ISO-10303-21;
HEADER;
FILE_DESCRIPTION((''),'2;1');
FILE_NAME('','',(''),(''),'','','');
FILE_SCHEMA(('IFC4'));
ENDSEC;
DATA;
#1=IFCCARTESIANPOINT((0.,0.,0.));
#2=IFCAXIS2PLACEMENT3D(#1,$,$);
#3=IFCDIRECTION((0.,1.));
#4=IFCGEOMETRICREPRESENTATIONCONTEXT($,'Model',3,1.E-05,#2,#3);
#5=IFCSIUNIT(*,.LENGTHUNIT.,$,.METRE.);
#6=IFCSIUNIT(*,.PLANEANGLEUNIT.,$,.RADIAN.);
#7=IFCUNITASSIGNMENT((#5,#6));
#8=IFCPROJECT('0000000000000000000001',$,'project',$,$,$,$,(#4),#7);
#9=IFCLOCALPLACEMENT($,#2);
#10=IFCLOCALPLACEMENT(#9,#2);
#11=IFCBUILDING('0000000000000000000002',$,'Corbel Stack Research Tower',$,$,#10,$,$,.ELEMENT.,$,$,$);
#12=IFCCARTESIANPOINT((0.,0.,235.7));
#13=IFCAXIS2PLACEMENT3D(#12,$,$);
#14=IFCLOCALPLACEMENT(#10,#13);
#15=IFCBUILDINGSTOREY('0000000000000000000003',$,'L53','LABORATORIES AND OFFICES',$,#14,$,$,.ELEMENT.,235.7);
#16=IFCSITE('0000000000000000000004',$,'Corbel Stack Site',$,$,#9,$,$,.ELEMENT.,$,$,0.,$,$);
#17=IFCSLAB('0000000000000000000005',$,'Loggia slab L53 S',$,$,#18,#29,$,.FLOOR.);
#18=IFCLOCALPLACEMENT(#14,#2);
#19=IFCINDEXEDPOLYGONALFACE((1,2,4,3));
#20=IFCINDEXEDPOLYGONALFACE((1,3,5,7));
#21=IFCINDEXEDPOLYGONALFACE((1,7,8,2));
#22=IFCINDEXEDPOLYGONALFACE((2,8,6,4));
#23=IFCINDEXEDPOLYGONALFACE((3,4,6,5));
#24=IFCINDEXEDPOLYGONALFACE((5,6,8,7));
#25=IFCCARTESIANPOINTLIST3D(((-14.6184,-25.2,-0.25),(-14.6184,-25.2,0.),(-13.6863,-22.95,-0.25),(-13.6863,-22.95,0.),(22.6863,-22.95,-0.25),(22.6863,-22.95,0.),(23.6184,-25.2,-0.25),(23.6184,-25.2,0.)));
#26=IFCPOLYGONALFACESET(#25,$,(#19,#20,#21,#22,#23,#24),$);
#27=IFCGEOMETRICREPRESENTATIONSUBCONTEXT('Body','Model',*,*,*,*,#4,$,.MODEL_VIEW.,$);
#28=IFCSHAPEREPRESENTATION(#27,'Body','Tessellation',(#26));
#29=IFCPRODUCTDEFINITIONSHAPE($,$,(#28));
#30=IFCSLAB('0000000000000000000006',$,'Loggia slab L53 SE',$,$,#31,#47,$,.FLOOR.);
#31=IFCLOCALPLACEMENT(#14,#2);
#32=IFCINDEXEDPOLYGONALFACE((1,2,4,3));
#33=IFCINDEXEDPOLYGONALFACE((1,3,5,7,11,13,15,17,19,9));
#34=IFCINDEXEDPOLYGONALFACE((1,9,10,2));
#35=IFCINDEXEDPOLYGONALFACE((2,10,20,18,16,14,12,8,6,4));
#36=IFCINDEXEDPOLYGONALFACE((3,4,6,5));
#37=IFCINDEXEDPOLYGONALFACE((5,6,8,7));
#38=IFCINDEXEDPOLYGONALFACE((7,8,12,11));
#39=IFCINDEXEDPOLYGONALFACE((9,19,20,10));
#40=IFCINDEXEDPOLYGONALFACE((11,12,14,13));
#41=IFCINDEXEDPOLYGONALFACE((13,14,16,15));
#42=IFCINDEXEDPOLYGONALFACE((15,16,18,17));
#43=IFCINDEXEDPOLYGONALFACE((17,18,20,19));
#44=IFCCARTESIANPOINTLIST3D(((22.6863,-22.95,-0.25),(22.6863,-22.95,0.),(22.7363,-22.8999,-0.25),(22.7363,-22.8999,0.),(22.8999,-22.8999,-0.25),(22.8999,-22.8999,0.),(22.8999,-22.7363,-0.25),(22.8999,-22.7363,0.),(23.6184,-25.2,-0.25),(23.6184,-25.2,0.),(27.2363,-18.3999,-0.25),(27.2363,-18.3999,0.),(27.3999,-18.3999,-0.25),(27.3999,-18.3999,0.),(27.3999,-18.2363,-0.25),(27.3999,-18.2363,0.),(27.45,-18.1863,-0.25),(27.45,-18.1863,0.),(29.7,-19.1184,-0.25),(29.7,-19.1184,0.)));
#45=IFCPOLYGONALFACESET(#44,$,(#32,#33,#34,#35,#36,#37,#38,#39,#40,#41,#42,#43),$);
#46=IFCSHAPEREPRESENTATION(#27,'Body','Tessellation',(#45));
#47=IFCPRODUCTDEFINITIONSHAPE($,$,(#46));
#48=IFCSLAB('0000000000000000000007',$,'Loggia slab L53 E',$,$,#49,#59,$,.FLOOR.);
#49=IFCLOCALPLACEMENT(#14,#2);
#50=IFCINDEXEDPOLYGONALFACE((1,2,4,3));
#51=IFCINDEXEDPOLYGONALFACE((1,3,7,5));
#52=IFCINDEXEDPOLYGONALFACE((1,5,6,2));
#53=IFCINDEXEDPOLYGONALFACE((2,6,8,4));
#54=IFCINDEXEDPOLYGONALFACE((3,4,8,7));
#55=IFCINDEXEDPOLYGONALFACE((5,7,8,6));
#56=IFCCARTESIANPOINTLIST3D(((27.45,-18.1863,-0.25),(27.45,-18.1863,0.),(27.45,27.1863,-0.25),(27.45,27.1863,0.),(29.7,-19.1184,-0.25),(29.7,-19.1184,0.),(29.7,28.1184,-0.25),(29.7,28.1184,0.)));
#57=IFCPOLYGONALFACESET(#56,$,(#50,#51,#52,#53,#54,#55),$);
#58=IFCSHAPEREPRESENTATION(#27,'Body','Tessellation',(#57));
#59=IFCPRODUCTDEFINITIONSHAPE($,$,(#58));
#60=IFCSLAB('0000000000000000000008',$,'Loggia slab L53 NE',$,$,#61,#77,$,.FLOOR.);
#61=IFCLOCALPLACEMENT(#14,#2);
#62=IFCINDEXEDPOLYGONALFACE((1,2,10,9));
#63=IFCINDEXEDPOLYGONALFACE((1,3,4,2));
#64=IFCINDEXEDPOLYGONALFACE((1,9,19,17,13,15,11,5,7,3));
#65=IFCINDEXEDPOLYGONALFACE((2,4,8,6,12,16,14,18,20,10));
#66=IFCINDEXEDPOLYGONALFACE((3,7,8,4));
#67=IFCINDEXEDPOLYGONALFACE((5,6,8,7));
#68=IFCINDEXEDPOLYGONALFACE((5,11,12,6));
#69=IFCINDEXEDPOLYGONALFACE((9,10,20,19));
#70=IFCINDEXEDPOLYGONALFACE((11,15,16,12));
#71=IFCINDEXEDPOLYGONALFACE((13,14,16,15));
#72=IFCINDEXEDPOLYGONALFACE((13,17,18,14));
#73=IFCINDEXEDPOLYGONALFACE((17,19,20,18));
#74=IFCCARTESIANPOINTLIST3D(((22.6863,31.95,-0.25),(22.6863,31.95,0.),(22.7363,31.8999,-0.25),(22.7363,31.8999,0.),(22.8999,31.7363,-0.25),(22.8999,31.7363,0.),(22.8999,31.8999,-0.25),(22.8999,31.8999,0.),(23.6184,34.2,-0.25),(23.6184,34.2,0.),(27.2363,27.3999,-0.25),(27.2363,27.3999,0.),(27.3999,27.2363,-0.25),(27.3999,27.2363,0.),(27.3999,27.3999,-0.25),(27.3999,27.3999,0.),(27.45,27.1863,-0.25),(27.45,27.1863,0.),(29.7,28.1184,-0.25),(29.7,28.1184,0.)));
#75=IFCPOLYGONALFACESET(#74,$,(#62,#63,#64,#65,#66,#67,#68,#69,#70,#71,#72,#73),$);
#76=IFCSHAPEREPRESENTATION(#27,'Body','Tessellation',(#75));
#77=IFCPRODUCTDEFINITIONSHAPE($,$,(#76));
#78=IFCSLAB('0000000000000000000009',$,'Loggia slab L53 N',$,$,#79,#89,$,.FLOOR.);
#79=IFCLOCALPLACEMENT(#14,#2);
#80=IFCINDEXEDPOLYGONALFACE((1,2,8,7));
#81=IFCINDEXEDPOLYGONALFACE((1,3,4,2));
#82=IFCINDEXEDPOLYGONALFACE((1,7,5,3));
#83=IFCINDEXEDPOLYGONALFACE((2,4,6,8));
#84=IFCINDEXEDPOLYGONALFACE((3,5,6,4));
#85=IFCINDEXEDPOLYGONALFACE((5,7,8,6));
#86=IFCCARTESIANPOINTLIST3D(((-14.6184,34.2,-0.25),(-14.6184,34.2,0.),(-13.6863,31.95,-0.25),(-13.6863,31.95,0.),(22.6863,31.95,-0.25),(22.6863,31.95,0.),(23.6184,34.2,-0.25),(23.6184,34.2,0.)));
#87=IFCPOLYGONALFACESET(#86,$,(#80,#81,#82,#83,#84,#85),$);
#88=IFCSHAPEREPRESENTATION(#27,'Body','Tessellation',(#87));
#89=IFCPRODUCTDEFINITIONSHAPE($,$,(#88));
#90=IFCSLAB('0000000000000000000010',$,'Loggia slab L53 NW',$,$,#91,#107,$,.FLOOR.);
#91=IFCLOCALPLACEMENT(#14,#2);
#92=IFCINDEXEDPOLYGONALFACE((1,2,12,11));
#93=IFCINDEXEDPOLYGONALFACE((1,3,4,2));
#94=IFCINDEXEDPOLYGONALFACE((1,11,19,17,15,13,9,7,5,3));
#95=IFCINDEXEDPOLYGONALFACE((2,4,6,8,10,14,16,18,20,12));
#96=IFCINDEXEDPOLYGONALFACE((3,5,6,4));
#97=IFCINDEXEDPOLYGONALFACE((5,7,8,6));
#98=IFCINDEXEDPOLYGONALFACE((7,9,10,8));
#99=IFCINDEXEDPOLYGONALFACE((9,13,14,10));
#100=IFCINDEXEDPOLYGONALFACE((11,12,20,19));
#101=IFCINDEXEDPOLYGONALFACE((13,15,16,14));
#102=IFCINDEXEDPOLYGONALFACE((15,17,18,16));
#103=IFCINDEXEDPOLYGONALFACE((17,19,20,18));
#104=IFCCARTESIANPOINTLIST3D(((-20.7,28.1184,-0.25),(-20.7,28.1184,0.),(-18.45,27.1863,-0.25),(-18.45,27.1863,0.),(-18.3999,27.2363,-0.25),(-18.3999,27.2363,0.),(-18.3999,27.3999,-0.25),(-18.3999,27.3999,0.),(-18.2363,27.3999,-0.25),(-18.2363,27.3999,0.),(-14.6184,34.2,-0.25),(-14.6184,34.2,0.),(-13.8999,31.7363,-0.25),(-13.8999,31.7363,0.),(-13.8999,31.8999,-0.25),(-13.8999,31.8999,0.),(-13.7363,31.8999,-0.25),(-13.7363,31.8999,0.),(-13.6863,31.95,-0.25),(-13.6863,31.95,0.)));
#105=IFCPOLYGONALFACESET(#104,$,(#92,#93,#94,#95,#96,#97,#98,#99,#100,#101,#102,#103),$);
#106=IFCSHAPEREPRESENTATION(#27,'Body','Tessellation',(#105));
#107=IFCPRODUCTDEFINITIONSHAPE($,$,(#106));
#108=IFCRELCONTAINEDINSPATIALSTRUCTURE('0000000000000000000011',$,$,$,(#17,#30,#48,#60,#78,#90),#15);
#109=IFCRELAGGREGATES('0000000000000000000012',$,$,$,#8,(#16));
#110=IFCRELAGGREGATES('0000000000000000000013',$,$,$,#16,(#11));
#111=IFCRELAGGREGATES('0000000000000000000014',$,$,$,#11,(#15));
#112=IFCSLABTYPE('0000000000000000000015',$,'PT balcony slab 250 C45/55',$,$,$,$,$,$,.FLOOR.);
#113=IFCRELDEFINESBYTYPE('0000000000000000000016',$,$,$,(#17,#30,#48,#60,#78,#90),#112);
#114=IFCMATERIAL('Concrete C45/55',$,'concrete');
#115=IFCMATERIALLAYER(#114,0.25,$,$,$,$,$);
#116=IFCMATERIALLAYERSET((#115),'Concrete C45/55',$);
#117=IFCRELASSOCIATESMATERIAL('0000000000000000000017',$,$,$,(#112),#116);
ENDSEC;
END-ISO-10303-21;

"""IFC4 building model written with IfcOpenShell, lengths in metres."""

from ifc_helpers import new_model, si_unit, direction, frame, origin, place, context, subcontext, project, spatial, polyline, outline, extrude, material, layer, layer_set, type_object, element, save


model = new_model("IFC4")

# Units and contexts
model_context = context("Model", 3, precision=1e-05, world=origin(), true_north=direction((0.0, 1.0)))
body_context = subcontext(model_context, "Body", "Model", "MODEL_VIEW")
ifc_project = project(units=[si_unit("LENGTHUNIT", "METRE"), si_unit("PLANEANGLEUNIT", "RADIAN")], contexts=[model_context])

# Site, building, storey
site_placement = place(None, origin())
site = spatial("IfcSite", under=ifc_project, at=site_placement, Name="Corbel Stack Site", CompositionType="ELEMENT", RefElevation=0.0)
building_placement = place(site_placement, origin())
building = spatial("IfcBuilding", under=site, at=building_placement, Name="Corbel Stack Research Tower", CompositionType="ELEMENT")
storey_placement = place(building_placement, frame((0.0, 0.0, 235.7)))
storey = spatial("IfcBuildingStorey", under=building, at=storey_placement, Name="L53", Description="LABORATORIES AND OFFICES", CompositionType="ELEMENT", Elevation=235.7)

# Slabs
ifc_material_1 = material(Name="Concrete C45/55", Category="concrete")
ifc_layer_1 = layer(ifc_material_1, 0.25)
ifc_layer_set_1 = layer_set([ifc_layer_1], Name="Concrete C45/55")
slab_type_1 = type_object("IfcSlabType", Name="PT balcony slab 250 C45/55", PredefinedType="FLOOR", material=ifc_layer_set_1)
slab_1_placement = place(storey_placement, frame((0.0, 0.0, -0.25)))
element("IfcSlab", 1, at=slab_1_placement, inside=storey, type_object=slab_type_1, Name="Loggia slab L53 S", PredefinedType="FLOOR", context=body_context, shape_type="SweptSolid", body=[
    extrude(outline(polyline([(22.6863, -22.95), (-13.6863, -22.95), (-14.6184, -25.2), (23.6184, -25.2), (22.6863, -22.95)])), origin(), (0.0, 0.0, 1.0), 0.25),
])
slab_2_placement = place(storey_placement, frame((0.0, 0.0, -0.25)))
element("IfcSlab", 2, at=slab_2_placement, inside=storey, type_object=slab_type_1, Name="Loggia slab L53 SE", PredefinedType="FLOOR", context=body_context, shape_type="SweptSolid", body=[
    extrude(outline(polyline([(27.45, -18.1863), (27.3999, -18.2363), (27.3999, -18.3999), (27.2363, -18.3999), (22.8999, -22.7363), (22.8999, -22.8999), (22.7363, -22.8999), (22.6863, -22.95), (23.6184, -25.2), (29.7, -19.1184), (27.45, -18.1863)])), origin(), (0.0, 0.0, 1.0), 0.25),
])
slab_3_placement = place(storey_placement, frame((0.0, 0.0, -0.25)))
element("IfcSlab", 3, at=slab_3_placement, inside=storey, type_object=slab_type_1, Name="Loggia slab L53 E", PredefinedType="FLOOR", context=body_context, shape_type="SweptSolid", body=[
    extrude(outline(polyline([(27.45, 27.1863), (27.45, -18.1863), (29.7, -19.1184), (29.7, 28.1184), (27.45, 27.1863)])), origin(), (0.0, 0.0, 1.0), 0.25),
])
slab_4_placement = place(storey_placement, frame((0.0, 0.0, -0.25)))
element("IfcSlab", 4, at=slab_4_placement, inside=storey, type_object=slab_type_1, Name="Loggia slab L53 NE", PredefinedType="FLOOR", context=body_context, shape_type="SweptSolid", body=[
    extrude(outline(polyline([(22.6863, 31.95), (22.7363, 31.8999), (22.8999, 31.8999), (22.8999, 31.7363), (27.2363, 27.3999), (27.3999, 27.3999), (27.3999, 27.2363), (27.45, 27.1863), (29.7, 28.1184), (23.6184, 34.2), (22.6863, 31.95)])), origin(), (0.0, 0.0, 1.0), 0.25),
])
slab_5_placement = place(storey_placement, frame((0.0, 0.0, -0.25)))
element("IfcSlab", 5, at=slab_5_placement, inside=storey, type_object=slab_type_1, Name="Loggia slab L53 N", PredefinedType="FLOOR", context=body_context, shape_type="SweptSolid", body=[
    extrude(outline(polyline([(-13.6863, 31.95), (22.6863, 31.95), (23.6184, 34.2), (-14.6184, 34.2), (-13.6863, 31.95)])), origin(), (0.0, 0.0, 1.0), 0.25),
])
slab_6_placement = place(storey_placement, frame((0.0, 0.0, -0.25)))
element("IfcSlab", 6, at=slab_6_placement, inside=storey, type_object=slab_type_1, Name="Loggia slab L53 NW", PredefinedType="FLOOR", context=body_context, shape_type="SweptSolid", body=[
    extrude(outline(polyline([(-18.45, 27.1863), (-18.3999, 27.2363), (-18.3999, 27.3999), (-18.2363, 27.3999), (-13.8999, 31.7363), (-13.8999, 31.8999), (-13.7363, 31.8999), (-13.6863, 31.95), (-14.6184, 34.2), (-20.7, 28.1184), (-18.45, 27.1863)])), origin(), (0.0, 0.0, 1.0), 0.25),
])

save(model, "model.ifc")
